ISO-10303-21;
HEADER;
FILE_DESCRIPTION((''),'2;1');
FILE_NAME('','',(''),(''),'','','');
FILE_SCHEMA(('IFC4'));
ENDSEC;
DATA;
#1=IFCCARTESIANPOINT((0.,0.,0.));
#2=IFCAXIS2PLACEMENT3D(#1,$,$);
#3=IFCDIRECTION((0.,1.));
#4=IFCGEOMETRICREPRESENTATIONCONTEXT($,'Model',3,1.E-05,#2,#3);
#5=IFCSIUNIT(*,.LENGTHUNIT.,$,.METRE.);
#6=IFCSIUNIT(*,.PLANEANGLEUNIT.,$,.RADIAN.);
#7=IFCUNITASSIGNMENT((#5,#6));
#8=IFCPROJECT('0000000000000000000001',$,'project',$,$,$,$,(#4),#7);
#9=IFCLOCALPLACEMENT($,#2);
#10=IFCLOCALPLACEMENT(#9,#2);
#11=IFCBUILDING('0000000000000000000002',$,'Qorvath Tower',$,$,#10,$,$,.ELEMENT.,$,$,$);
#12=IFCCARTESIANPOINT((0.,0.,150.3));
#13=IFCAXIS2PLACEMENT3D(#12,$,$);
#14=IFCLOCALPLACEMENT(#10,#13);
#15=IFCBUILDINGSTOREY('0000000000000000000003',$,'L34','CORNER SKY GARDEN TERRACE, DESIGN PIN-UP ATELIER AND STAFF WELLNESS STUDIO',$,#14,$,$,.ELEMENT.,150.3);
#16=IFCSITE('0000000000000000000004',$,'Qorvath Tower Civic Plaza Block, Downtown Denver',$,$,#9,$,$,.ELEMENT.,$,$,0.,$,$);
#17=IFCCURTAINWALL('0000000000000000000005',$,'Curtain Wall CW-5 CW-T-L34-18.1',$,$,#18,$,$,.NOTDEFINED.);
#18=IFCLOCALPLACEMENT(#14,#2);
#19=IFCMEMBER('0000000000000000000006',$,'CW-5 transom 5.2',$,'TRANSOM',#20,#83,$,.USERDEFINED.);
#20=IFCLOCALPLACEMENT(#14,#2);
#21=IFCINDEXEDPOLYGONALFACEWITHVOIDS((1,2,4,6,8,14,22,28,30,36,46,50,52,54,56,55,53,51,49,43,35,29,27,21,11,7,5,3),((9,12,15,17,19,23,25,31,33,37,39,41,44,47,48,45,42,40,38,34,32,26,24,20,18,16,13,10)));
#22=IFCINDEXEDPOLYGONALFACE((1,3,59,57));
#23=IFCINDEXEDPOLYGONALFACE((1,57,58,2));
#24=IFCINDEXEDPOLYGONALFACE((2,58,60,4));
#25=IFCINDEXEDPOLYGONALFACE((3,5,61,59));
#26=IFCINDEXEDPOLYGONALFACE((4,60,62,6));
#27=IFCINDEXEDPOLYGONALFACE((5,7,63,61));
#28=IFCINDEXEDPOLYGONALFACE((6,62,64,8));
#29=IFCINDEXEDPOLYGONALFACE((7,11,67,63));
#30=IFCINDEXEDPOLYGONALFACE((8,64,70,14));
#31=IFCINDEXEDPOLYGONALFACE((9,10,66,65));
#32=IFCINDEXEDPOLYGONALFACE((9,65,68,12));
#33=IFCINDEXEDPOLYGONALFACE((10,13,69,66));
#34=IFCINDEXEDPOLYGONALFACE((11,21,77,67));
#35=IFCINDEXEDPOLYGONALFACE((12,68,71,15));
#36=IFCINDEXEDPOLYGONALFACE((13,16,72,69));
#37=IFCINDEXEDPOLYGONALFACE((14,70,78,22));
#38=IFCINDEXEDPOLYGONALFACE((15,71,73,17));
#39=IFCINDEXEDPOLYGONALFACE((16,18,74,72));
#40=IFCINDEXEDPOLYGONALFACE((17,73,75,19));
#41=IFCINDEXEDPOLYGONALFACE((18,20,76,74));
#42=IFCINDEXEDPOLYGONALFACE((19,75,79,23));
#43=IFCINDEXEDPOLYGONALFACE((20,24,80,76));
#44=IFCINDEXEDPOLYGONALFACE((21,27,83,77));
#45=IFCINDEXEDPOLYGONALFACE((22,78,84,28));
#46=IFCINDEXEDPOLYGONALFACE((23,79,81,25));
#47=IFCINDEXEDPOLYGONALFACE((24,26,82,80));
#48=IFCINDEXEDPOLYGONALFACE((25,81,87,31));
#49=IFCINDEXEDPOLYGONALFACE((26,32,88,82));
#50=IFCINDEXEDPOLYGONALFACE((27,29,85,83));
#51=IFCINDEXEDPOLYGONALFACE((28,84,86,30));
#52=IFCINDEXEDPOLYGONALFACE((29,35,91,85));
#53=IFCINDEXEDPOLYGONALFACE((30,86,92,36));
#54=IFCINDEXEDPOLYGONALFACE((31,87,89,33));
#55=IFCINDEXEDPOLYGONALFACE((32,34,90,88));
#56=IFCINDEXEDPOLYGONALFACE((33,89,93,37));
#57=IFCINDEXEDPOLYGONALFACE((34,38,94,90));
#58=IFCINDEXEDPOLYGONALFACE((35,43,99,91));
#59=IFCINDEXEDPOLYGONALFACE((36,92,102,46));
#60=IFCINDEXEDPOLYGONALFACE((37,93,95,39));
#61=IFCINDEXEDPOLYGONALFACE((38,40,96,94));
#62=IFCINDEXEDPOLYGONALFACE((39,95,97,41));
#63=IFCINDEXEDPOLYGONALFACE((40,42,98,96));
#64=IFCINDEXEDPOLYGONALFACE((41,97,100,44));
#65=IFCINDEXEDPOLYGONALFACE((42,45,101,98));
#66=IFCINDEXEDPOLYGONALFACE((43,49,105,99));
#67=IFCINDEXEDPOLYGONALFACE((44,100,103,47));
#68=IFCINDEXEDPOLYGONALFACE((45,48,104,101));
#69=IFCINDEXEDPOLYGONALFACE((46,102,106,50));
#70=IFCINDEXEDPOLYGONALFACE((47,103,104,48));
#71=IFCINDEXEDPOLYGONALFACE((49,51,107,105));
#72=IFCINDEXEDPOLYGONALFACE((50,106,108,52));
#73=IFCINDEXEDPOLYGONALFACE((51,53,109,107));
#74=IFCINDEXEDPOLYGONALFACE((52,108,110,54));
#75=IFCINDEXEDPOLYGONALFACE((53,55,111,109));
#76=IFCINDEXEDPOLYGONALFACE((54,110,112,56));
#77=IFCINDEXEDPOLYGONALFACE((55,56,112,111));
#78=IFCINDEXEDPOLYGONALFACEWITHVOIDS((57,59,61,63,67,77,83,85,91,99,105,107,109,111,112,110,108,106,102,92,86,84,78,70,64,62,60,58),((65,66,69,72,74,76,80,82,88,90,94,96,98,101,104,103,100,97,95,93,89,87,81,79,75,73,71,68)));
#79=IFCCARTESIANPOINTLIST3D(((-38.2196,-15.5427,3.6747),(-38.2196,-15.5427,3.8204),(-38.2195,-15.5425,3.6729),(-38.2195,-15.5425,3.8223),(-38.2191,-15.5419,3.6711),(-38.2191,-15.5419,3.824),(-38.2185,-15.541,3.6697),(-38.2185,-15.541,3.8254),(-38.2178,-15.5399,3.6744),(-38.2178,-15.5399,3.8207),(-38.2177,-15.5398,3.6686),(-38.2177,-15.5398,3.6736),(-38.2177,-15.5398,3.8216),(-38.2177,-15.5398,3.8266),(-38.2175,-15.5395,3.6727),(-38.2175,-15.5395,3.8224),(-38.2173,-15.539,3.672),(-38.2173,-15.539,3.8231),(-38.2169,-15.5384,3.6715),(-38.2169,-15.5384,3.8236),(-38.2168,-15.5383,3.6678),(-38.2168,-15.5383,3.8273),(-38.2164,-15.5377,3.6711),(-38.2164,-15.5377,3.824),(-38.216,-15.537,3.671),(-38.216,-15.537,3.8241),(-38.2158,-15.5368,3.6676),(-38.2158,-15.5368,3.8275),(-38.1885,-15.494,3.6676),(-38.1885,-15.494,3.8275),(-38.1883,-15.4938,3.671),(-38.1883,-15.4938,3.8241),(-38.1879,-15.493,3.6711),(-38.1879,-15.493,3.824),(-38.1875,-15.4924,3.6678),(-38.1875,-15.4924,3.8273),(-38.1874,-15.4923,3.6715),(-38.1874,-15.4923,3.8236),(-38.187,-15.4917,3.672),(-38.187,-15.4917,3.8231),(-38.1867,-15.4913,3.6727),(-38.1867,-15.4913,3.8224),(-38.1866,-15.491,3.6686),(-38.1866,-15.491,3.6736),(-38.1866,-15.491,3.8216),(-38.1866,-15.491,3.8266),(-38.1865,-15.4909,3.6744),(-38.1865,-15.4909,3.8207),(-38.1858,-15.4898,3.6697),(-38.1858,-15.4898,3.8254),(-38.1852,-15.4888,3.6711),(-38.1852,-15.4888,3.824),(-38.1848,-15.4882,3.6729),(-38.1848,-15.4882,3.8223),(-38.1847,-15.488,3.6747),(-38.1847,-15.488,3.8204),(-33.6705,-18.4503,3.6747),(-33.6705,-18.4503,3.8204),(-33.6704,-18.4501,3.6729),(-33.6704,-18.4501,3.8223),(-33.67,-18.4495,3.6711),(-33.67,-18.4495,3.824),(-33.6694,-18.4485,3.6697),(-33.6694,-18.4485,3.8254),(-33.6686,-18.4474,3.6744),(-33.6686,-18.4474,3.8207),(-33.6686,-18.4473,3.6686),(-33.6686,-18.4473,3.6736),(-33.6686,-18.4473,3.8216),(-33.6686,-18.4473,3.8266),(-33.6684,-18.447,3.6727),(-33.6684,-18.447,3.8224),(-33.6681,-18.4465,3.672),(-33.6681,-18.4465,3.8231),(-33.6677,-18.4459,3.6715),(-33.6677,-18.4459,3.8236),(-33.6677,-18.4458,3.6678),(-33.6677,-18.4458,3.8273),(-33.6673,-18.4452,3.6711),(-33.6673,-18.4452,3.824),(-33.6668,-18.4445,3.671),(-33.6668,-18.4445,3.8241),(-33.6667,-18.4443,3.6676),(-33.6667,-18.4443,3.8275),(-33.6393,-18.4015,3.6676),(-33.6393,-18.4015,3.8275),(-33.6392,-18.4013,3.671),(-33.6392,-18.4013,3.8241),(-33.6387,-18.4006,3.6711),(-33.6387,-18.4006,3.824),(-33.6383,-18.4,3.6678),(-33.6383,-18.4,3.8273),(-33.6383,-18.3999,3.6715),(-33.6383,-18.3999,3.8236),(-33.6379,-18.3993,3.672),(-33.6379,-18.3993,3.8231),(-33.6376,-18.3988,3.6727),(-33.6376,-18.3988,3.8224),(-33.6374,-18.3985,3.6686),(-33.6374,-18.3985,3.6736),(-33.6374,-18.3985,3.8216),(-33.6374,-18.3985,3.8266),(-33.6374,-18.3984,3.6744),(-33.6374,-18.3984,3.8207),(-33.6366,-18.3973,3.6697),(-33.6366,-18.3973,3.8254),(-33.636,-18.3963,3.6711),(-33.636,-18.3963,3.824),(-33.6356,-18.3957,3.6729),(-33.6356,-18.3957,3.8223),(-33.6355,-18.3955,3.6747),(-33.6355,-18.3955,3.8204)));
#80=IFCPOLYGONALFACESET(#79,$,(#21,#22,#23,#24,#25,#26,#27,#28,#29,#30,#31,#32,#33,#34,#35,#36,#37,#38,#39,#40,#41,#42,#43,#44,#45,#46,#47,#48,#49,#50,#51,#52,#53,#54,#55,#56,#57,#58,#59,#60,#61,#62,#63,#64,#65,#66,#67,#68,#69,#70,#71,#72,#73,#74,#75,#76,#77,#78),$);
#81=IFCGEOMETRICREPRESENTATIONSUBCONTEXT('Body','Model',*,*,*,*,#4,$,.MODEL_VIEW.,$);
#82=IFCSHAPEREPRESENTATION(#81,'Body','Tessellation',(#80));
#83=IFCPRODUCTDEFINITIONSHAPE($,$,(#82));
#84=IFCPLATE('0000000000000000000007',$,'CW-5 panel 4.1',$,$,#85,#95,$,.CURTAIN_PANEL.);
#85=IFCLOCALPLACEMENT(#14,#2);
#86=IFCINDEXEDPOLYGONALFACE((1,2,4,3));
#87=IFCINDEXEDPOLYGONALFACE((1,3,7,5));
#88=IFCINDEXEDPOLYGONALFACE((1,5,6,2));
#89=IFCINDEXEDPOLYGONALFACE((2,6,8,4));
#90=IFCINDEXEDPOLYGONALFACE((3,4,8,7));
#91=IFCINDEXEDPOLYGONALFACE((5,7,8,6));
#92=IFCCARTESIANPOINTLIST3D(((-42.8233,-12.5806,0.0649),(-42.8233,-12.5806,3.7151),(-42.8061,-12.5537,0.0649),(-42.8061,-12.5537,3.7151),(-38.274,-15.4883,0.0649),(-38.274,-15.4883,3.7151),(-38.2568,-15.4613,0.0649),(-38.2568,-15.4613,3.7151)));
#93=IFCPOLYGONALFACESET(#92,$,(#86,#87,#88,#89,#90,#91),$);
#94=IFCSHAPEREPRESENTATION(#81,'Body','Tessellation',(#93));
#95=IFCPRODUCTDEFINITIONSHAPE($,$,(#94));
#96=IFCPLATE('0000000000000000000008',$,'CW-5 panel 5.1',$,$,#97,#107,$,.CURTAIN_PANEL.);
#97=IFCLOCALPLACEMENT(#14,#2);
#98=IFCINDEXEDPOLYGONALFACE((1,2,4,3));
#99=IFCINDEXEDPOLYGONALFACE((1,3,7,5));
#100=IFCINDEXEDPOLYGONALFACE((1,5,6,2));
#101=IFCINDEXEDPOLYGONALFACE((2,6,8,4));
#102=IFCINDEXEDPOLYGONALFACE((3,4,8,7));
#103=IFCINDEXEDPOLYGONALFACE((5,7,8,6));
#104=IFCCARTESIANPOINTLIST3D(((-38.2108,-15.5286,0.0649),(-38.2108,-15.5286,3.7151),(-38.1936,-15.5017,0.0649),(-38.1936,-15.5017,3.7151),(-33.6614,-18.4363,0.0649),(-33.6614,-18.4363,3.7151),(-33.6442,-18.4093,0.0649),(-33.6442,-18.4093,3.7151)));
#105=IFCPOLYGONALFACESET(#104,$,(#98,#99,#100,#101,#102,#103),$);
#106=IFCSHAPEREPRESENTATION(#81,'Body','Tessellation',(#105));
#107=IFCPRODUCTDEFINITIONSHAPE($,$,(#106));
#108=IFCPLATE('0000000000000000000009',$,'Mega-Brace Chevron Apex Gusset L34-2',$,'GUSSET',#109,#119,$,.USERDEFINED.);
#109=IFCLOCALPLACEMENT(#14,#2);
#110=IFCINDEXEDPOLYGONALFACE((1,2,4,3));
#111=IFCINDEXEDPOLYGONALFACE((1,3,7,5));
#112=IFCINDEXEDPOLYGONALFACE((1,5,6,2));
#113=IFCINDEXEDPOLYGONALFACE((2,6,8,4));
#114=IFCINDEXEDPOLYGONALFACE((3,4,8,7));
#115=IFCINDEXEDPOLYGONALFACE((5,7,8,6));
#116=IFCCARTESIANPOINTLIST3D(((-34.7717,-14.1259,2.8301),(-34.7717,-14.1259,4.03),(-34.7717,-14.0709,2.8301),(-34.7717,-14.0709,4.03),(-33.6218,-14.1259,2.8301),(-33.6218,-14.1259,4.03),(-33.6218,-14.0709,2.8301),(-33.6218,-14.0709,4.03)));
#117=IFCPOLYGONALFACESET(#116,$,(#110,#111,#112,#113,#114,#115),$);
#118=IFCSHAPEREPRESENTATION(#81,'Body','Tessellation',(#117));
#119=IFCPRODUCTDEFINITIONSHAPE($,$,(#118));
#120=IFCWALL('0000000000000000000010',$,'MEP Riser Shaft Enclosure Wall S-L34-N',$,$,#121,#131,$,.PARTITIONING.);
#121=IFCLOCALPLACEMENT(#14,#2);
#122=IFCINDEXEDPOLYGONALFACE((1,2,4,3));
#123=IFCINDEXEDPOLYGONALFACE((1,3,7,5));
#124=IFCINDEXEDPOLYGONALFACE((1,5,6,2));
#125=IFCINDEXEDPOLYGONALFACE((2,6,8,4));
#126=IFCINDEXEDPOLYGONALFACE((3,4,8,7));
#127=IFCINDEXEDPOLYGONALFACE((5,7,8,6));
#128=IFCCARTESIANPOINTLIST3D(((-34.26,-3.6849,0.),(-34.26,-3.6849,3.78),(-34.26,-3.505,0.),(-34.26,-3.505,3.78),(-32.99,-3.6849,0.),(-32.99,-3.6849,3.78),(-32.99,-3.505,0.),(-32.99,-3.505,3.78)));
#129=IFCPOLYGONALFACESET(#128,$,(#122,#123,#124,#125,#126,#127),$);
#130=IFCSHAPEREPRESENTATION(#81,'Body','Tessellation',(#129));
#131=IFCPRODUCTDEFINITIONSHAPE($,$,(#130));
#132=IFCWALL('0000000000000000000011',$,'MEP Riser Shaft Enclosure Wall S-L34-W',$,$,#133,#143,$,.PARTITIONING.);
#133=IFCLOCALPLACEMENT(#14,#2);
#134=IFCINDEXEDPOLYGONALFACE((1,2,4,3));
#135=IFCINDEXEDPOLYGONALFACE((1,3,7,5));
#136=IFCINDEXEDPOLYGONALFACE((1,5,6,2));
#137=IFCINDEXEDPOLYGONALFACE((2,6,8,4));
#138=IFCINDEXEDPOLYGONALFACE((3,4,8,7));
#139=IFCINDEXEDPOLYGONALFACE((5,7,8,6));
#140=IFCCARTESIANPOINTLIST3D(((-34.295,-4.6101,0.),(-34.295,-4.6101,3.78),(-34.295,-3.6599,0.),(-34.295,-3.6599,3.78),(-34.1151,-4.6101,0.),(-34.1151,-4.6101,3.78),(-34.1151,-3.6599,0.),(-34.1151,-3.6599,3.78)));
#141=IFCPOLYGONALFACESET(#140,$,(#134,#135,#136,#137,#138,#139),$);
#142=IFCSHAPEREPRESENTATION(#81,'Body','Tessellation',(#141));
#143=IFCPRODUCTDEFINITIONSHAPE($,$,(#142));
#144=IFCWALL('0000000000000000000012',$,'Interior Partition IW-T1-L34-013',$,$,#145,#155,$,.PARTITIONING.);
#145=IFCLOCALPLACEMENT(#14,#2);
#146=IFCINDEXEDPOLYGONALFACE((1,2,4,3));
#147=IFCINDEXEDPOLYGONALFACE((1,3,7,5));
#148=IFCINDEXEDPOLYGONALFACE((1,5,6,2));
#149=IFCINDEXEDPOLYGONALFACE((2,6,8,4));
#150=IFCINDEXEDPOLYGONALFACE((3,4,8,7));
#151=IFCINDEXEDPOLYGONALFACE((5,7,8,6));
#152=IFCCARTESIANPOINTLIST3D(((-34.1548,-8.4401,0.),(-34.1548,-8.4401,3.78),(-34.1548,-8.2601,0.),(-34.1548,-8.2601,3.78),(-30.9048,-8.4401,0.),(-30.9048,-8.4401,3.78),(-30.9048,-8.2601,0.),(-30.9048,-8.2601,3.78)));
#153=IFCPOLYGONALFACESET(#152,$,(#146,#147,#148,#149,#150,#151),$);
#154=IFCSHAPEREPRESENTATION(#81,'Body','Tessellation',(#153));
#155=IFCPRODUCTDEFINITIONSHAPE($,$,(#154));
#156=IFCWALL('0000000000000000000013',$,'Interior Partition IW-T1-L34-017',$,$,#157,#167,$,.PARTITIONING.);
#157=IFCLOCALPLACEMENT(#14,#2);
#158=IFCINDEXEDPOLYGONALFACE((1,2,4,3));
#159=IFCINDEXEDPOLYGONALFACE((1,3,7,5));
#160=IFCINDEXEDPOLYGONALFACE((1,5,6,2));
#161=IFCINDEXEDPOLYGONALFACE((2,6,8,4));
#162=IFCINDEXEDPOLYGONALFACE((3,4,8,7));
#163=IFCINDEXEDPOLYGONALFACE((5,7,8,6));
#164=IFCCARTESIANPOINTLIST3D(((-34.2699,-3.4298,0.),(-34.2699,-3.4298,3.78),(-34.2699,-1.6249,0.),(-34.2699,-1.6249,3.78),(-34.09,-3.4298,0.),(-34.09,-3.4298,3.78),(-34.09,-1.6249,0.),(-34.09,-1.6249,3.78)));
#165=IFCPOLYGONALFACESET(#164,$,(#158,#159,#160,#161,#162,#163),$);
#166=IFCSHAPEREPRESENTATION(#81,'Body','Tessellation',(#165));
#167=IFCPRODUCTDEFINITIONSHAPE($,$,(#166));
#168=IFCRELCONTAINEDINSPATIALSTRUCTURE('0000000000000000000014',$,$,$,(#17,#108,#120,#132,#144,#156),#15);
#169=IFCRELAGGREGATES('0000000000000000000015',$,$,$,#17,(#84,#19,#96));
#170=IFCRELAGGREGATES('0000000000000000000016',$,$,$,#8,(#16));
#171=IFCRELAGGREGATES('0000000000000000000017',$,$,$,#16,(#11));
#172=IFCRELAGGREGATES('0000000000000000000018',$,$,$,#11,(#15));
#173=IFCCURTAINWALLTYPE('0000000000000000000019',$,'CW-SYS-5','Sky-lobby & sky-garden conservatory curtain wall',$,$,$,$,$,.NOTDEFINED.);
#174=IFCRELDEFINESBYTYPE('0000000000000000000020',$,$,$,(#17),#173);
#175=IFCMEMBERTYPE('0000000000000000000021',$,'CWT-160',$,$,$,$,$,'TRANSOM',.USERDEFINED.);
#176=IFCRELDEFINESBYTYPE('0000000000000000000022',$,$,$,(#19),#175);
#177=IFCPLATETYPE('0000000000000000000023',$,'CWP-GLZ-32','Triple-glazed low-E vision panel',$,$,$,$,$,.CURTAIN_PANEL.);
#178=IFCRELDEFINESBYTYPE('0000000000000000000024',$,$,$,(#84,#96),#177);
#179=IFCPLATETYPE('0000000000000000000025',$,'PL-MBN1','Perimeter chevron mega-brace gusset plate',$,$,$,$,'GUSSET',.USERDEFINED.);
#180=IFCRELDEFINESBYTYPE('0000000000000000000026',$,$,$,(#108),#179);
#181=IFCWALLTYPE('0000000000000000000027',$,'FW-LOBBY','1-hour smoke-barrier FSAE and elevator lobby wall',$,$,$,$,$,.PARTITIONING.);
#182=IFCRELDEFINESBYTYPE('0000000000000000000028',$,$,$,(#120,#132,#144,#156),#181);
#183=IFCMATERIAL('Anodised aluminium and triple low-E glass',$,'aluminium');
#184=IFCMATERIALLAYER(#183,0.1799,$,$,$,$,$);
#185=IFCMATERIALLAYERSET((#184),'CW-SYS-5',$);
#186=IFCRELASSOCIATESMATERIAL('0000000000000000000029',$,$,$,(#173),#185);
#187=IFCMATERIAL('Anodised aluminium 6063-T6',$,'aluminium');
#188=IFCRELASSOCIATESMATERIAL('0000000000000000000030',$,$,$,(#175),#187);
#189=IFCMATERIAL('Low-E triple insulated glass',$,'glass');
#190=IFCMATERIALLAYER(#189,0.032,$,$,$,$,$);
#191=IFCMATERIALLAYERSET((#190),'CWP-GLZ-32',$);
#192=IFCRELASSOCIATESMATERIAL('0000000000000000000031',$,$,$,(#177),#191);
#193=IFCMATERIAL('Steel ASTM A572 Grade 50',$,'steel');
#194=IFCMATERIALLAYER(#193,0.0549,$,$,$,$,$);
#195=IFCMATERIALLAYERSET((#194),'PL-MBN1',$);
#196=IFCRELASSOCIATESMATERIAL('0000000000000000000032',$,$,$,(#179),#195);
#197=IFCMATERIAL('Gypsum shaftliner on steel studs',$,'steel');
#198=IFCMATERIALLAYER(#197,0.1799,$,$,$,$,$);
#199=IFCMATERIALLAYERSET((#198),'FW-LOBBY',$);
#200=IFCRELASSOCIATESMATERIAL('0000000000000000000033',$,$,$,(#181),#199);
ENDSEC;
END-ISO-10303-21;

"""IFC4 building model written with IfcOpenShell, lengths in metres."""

from ifc_helpers import new_model, si_unit, direction, frame, frame_2d, origin, origin_2d, place, context, subcontext, project, spatial, rectangle, hollow_rectangle, extrude, material, layer, layer_set, material_profile, profile_set, type_object, element, aggregate, save


model = new_model("IFC4")

# Units and contexts
model_context = context("Model", 3, precision=1e-05, world=origin(), true_north=direction((0.0, 1.0)))
body_context = subcontext(model_context, "Body", "Model", "MODEL_VIEW")
ifc_project = project(units=[si_unit("LENGTHUNIT", "METRE"), si_unit("PLANEANGLEUNIT", "RADIAN")], contexts=[model_context])

# Site, building, storey
site_placement = place(None, origin())
site = spatial("IfcSite", under=ifc_project, at=site_placement, Name="Qorvath Tower Civic Plaza Block, Downtown Denver", CompositionType="ELEMENT", RefElevation=0.0)
building_placement = place(site_placement, origin())
building = spatial("IfcBuilding", under=site, at=building_placement, Name="Qorvath Tower", CompositionType="ELEMENT")
storey_placement = place(building_placement, frame((0.0, 0.0, 150.3)))
storey = spatial("IfcBuildingStorey", under=building, at=storey_placement, Name="L34", Description="CORNER SKY GARDEN TERRACE, DESIGN PIN-UP ATELIER AND STAFF WELLNESS STUDIO", CompositionType="ELEMENT", Elevation=150.3)

# Curtain wall, member, plates
ifc_material_1 = material(Name="Anodised aluminium and triple low-E glass", Category="aluminium")
ifc_layer_1 = layer(ifc_material_1, 0.1799)
ifc_layer_set_1 = layer_set([ifc_layer_1], Name="CW-SYS-5")
curtain_wall_type = type_object("IfcCurtainWallType", Name="CW-SYS-5", Description="Sky-lobby & sky-garden conservatory curtain wall", PredefinedType="NOTDEFINED", material=ifc_layer_set_1)
curtain_wall_placement = place(storey_placement, origin())
curtain_wall = element("IfcCurtainWall", 1, at=curtain_wall_placement, inside=storey, type_object=curtain_wall_type, Name="Curtain Wall CW-5 CW-T-L34-18.1", PredefinedType="NOTDEFINED")
ifc_material_2 = material(Name="Anodised aluminium 6063-T6", Category="aluminium")
ifc_material_profile_1 = material_profile(ifc_material_2, hollow_rectangle(XDim=0.0649, YDim=0.1599, WallThickness=0.0034, InnerFilletRadius=0.0034, OuterFilletRadius=0.0071, at=origin_2d()), Name="CWT 160x65")
ifc_profile_set_1 = profile_set([ifc_material_profile_1], Name="Anodised aluminium 6063-T6")
member_type_1 = type_object("IfcMemberType", Name="CWT-160", ElementType="TRANSOM", PredefinedType="USERDEFINED", material=ifc_profile_set_1)
member_1_placement = place(storey_placement, frame((-38.2021, -15.5154, 3.7476), z_axis=(0.842602, -0.538536, 0.0), x_axis=(0.538536, 0.842602, 0.0)))
member_1 = element("IfcMember", 2, at=member_1_placement, type_object=member_type_1, Name="CW-5 transom 5.2", ObjectType="TRANSOM", PredefinedType="USERDEFINED", context=body_context, shape_type="SweptSolid", body=[
    extrude(hollow_rectangle(XDim=0.0649, YDim=0.1599, WallThickness=0.0034, InnerFilletRadius=0.0034, OuterFilletRadius=0.0071, at=origin_2d()), origin(), (0.0, 0.0, 1.0), 5.3989),
])
ifc_material_3 = material(Name="Low-E triple insulated glass", Category="glass")
ifc_layer_2 = layer(ifc_material_3, 0.032)
ifc_layer_set_2 = layer_set([ifc_layer_2], Name="CWP-GLZ-32")
plate_type_1 = type_object("IfcPlateType", Name="CWP-GLZ-32", Description="Triple-glazed low-E vision panel", PredefinedType="CURTAIN_PANEL", material=ifc_layer_set_2)
plate_1_placement = place(storey_placement, frame((-40.54, -14.021, 0.0649), z_axis=(0.0, 0.0, 1.0), x_axis=(0.842602, -0.538536, 0.0)))
plate_1 = element("IfcPlate", 3, at=plate_1_placement, type_object=plate_type_1, Name="CW-5 panel 4.1", PredefinedType="CURTAIN_PANEL", context=body_context, shape_type="SweptSolid", body=[
    extrude(rectangle(XDim=5.3992, YDim=0.032, at=origin_2d()), origin(), (0.0, 0.0, 1.0), 3.6501),
])
plate_2_placement = place(storey_placement, frame((-35.9275, -16.969, 0.0649), z_axis=(0.0, 0.0, 1.0), x_axis=(0.842602, -0.538536, 0.0)))
plate_2 = element("IfcPlate", 4, at=plate_2_placement, type_object=plate_type_1, Name="CW-5 panel 5.1", PredefinedType="CURTAIN_PANEL", context=body_context, shape_type="SweptSolid", body=[
    extrude(rectangle(XDim=5.3992, YDim=0.032, at=origin_2d()), origin(), (0.0, 0.0, 1.0), 3.6501),
])
aggregate(curtain_wall, [plate_1, member_1, plate_2])

# Plate
ifc_material_4 = material(Name="Steel ASTM A572 Grade 50", Category="steel")
ifc_layer_3 = layer(ifc_material_4, 0.0549)
ifc_layer_set_3 = layer_set([ifc_layer_3], Name="PL-MBN1")
plate_type_2 = type_object("IfcPlateType", Name="PL-MBN1", Description="Perimeter chevron mega-brace gusset plate", ElementType="GUSSET", PredefinedType="USERDEFINED", material=ifc_layer_set_3)
plate_3_placement = place(storey_placement, frame((-34.1968, -14.0984, 2.8301), z_axis=(0.0, 0.0, 1.0), x_axis=(1.0, 0.0, 0.0)))
element("IfcPlate", 5, at=plate_3_placement, inside=storey, type_object=plate_type_2, Name="Mega-Brace Chevron Apex Gusset L34-2", ObjectType="GUSSET", PredefinedType="USERDEFINED", context=body_context, shape_type="SweptSolid", body=[
    extrude(rectangle(XDim=1.1499, YDim=0.0549, at=origin_2d()), origin(), (0.0, 0.0, 1.0), 1.2),
])

# Walls
ifc_material_5 = material(Name="Gypsum shaftliner on steel studs", Category="steel")
ifc_layer_4 = layer(ifc_material_5, 0.1799)
ifc_layer_set_4 = layer_set([ifc_layer_4], Name="FW-LOBBY")
wall_type_1 = type_object("IfcWallType", Name="FW-LOBBY", Description="1-hour smoke-barrier FSAE and elevator lobby wall", PredefinedType="PARTITIONING", material=ifc_layer_set_4)
wall_1_placement = place(storey_placement, frame((-34.26, -3.595, 0.0), z_axis=(0.0, 0.0, 1.0), x_axis=(1.0, 0.0, 0.0)))
element("IfcWall", 6, at=wall_1_placement, inside=storey, type_object=wall_type_1, Name="MEP Riser Shaft Enclosure Wall S-L34-N", PredefinedType="PARTITIONING", context=body_context, shape_type="SweptSolid", body=[
    extrude(rectangle(XDim=1.27, YDim=0.1799, at=frame_2d((0.635, 0.0))), origin(), (0.0, 0.0, 1.0), 3.78),
])
wall_2_placement = place(storey_placement, frame((-34.2051, -4.6101, 0.0), z_axis=(0.0, 0.0, 1.0), x_axis=(0.0, 1.0, 0.0)))
element("IfcWall", 7, at=wall_2_placement, inside=storey, type_object=wall_type_1, Name="MEP Riser Shaft Enclosure Wall S-L34-W", PredefinedType="PARTITIONING", context=body_context, shape_type="SweptSolid", body=[
    extrude(rectangle(XDim=0.9502, YDim=0.1799, at=frame_2d((0.4751, 0.0))), origin(), (0.0, 0.0, 1.0), 3.78),
])
wall_3_placement = place(storey_placement, frame((-34.1548, -8.3501, 0.0), z_axis=(0.0, 0.0, 1.0), x_axis=(1.0, 0.0, 0.0)))
element("IfcWall", 8, at=wall_3_placement, inside=storey, type_object=wall_type_1, Name="Interior Partition IW-T1-L34-013", PredefinedType="PARTITIONING", context=body_context, shape_type="SweptSolid", body=[
    extrude(rectangle(XDim=3.25, YDim=0.1799, at=frame_2d((1.625, 0.0))), origin(), (0.0, 0.0, 1.0), 3.78),
])
wall_4_placement = place(storey_placement, frame((-34.1799, -1.625, 0.0), z_axis=(0.0, 0.0, 1.0), x_axis=(0.0, -1.0, 0.0)))
element("IfcWall", 9, at=wall_4_placement, inside=storey, type_object=wall_type_1, Name="Interior Partition IW-T1-L34-017", PredefinedType="PARTITIONING", context=body_context, shape_type="SweptSolid", body=[
    extrude(rectangle(XDim=1.8049, YDim=0.1799, at=frame_2d((0.9023, 0.0))), origin(), (0.0, 0.0, 1.0), 3.78),
])

save(model, "model.ifc")
